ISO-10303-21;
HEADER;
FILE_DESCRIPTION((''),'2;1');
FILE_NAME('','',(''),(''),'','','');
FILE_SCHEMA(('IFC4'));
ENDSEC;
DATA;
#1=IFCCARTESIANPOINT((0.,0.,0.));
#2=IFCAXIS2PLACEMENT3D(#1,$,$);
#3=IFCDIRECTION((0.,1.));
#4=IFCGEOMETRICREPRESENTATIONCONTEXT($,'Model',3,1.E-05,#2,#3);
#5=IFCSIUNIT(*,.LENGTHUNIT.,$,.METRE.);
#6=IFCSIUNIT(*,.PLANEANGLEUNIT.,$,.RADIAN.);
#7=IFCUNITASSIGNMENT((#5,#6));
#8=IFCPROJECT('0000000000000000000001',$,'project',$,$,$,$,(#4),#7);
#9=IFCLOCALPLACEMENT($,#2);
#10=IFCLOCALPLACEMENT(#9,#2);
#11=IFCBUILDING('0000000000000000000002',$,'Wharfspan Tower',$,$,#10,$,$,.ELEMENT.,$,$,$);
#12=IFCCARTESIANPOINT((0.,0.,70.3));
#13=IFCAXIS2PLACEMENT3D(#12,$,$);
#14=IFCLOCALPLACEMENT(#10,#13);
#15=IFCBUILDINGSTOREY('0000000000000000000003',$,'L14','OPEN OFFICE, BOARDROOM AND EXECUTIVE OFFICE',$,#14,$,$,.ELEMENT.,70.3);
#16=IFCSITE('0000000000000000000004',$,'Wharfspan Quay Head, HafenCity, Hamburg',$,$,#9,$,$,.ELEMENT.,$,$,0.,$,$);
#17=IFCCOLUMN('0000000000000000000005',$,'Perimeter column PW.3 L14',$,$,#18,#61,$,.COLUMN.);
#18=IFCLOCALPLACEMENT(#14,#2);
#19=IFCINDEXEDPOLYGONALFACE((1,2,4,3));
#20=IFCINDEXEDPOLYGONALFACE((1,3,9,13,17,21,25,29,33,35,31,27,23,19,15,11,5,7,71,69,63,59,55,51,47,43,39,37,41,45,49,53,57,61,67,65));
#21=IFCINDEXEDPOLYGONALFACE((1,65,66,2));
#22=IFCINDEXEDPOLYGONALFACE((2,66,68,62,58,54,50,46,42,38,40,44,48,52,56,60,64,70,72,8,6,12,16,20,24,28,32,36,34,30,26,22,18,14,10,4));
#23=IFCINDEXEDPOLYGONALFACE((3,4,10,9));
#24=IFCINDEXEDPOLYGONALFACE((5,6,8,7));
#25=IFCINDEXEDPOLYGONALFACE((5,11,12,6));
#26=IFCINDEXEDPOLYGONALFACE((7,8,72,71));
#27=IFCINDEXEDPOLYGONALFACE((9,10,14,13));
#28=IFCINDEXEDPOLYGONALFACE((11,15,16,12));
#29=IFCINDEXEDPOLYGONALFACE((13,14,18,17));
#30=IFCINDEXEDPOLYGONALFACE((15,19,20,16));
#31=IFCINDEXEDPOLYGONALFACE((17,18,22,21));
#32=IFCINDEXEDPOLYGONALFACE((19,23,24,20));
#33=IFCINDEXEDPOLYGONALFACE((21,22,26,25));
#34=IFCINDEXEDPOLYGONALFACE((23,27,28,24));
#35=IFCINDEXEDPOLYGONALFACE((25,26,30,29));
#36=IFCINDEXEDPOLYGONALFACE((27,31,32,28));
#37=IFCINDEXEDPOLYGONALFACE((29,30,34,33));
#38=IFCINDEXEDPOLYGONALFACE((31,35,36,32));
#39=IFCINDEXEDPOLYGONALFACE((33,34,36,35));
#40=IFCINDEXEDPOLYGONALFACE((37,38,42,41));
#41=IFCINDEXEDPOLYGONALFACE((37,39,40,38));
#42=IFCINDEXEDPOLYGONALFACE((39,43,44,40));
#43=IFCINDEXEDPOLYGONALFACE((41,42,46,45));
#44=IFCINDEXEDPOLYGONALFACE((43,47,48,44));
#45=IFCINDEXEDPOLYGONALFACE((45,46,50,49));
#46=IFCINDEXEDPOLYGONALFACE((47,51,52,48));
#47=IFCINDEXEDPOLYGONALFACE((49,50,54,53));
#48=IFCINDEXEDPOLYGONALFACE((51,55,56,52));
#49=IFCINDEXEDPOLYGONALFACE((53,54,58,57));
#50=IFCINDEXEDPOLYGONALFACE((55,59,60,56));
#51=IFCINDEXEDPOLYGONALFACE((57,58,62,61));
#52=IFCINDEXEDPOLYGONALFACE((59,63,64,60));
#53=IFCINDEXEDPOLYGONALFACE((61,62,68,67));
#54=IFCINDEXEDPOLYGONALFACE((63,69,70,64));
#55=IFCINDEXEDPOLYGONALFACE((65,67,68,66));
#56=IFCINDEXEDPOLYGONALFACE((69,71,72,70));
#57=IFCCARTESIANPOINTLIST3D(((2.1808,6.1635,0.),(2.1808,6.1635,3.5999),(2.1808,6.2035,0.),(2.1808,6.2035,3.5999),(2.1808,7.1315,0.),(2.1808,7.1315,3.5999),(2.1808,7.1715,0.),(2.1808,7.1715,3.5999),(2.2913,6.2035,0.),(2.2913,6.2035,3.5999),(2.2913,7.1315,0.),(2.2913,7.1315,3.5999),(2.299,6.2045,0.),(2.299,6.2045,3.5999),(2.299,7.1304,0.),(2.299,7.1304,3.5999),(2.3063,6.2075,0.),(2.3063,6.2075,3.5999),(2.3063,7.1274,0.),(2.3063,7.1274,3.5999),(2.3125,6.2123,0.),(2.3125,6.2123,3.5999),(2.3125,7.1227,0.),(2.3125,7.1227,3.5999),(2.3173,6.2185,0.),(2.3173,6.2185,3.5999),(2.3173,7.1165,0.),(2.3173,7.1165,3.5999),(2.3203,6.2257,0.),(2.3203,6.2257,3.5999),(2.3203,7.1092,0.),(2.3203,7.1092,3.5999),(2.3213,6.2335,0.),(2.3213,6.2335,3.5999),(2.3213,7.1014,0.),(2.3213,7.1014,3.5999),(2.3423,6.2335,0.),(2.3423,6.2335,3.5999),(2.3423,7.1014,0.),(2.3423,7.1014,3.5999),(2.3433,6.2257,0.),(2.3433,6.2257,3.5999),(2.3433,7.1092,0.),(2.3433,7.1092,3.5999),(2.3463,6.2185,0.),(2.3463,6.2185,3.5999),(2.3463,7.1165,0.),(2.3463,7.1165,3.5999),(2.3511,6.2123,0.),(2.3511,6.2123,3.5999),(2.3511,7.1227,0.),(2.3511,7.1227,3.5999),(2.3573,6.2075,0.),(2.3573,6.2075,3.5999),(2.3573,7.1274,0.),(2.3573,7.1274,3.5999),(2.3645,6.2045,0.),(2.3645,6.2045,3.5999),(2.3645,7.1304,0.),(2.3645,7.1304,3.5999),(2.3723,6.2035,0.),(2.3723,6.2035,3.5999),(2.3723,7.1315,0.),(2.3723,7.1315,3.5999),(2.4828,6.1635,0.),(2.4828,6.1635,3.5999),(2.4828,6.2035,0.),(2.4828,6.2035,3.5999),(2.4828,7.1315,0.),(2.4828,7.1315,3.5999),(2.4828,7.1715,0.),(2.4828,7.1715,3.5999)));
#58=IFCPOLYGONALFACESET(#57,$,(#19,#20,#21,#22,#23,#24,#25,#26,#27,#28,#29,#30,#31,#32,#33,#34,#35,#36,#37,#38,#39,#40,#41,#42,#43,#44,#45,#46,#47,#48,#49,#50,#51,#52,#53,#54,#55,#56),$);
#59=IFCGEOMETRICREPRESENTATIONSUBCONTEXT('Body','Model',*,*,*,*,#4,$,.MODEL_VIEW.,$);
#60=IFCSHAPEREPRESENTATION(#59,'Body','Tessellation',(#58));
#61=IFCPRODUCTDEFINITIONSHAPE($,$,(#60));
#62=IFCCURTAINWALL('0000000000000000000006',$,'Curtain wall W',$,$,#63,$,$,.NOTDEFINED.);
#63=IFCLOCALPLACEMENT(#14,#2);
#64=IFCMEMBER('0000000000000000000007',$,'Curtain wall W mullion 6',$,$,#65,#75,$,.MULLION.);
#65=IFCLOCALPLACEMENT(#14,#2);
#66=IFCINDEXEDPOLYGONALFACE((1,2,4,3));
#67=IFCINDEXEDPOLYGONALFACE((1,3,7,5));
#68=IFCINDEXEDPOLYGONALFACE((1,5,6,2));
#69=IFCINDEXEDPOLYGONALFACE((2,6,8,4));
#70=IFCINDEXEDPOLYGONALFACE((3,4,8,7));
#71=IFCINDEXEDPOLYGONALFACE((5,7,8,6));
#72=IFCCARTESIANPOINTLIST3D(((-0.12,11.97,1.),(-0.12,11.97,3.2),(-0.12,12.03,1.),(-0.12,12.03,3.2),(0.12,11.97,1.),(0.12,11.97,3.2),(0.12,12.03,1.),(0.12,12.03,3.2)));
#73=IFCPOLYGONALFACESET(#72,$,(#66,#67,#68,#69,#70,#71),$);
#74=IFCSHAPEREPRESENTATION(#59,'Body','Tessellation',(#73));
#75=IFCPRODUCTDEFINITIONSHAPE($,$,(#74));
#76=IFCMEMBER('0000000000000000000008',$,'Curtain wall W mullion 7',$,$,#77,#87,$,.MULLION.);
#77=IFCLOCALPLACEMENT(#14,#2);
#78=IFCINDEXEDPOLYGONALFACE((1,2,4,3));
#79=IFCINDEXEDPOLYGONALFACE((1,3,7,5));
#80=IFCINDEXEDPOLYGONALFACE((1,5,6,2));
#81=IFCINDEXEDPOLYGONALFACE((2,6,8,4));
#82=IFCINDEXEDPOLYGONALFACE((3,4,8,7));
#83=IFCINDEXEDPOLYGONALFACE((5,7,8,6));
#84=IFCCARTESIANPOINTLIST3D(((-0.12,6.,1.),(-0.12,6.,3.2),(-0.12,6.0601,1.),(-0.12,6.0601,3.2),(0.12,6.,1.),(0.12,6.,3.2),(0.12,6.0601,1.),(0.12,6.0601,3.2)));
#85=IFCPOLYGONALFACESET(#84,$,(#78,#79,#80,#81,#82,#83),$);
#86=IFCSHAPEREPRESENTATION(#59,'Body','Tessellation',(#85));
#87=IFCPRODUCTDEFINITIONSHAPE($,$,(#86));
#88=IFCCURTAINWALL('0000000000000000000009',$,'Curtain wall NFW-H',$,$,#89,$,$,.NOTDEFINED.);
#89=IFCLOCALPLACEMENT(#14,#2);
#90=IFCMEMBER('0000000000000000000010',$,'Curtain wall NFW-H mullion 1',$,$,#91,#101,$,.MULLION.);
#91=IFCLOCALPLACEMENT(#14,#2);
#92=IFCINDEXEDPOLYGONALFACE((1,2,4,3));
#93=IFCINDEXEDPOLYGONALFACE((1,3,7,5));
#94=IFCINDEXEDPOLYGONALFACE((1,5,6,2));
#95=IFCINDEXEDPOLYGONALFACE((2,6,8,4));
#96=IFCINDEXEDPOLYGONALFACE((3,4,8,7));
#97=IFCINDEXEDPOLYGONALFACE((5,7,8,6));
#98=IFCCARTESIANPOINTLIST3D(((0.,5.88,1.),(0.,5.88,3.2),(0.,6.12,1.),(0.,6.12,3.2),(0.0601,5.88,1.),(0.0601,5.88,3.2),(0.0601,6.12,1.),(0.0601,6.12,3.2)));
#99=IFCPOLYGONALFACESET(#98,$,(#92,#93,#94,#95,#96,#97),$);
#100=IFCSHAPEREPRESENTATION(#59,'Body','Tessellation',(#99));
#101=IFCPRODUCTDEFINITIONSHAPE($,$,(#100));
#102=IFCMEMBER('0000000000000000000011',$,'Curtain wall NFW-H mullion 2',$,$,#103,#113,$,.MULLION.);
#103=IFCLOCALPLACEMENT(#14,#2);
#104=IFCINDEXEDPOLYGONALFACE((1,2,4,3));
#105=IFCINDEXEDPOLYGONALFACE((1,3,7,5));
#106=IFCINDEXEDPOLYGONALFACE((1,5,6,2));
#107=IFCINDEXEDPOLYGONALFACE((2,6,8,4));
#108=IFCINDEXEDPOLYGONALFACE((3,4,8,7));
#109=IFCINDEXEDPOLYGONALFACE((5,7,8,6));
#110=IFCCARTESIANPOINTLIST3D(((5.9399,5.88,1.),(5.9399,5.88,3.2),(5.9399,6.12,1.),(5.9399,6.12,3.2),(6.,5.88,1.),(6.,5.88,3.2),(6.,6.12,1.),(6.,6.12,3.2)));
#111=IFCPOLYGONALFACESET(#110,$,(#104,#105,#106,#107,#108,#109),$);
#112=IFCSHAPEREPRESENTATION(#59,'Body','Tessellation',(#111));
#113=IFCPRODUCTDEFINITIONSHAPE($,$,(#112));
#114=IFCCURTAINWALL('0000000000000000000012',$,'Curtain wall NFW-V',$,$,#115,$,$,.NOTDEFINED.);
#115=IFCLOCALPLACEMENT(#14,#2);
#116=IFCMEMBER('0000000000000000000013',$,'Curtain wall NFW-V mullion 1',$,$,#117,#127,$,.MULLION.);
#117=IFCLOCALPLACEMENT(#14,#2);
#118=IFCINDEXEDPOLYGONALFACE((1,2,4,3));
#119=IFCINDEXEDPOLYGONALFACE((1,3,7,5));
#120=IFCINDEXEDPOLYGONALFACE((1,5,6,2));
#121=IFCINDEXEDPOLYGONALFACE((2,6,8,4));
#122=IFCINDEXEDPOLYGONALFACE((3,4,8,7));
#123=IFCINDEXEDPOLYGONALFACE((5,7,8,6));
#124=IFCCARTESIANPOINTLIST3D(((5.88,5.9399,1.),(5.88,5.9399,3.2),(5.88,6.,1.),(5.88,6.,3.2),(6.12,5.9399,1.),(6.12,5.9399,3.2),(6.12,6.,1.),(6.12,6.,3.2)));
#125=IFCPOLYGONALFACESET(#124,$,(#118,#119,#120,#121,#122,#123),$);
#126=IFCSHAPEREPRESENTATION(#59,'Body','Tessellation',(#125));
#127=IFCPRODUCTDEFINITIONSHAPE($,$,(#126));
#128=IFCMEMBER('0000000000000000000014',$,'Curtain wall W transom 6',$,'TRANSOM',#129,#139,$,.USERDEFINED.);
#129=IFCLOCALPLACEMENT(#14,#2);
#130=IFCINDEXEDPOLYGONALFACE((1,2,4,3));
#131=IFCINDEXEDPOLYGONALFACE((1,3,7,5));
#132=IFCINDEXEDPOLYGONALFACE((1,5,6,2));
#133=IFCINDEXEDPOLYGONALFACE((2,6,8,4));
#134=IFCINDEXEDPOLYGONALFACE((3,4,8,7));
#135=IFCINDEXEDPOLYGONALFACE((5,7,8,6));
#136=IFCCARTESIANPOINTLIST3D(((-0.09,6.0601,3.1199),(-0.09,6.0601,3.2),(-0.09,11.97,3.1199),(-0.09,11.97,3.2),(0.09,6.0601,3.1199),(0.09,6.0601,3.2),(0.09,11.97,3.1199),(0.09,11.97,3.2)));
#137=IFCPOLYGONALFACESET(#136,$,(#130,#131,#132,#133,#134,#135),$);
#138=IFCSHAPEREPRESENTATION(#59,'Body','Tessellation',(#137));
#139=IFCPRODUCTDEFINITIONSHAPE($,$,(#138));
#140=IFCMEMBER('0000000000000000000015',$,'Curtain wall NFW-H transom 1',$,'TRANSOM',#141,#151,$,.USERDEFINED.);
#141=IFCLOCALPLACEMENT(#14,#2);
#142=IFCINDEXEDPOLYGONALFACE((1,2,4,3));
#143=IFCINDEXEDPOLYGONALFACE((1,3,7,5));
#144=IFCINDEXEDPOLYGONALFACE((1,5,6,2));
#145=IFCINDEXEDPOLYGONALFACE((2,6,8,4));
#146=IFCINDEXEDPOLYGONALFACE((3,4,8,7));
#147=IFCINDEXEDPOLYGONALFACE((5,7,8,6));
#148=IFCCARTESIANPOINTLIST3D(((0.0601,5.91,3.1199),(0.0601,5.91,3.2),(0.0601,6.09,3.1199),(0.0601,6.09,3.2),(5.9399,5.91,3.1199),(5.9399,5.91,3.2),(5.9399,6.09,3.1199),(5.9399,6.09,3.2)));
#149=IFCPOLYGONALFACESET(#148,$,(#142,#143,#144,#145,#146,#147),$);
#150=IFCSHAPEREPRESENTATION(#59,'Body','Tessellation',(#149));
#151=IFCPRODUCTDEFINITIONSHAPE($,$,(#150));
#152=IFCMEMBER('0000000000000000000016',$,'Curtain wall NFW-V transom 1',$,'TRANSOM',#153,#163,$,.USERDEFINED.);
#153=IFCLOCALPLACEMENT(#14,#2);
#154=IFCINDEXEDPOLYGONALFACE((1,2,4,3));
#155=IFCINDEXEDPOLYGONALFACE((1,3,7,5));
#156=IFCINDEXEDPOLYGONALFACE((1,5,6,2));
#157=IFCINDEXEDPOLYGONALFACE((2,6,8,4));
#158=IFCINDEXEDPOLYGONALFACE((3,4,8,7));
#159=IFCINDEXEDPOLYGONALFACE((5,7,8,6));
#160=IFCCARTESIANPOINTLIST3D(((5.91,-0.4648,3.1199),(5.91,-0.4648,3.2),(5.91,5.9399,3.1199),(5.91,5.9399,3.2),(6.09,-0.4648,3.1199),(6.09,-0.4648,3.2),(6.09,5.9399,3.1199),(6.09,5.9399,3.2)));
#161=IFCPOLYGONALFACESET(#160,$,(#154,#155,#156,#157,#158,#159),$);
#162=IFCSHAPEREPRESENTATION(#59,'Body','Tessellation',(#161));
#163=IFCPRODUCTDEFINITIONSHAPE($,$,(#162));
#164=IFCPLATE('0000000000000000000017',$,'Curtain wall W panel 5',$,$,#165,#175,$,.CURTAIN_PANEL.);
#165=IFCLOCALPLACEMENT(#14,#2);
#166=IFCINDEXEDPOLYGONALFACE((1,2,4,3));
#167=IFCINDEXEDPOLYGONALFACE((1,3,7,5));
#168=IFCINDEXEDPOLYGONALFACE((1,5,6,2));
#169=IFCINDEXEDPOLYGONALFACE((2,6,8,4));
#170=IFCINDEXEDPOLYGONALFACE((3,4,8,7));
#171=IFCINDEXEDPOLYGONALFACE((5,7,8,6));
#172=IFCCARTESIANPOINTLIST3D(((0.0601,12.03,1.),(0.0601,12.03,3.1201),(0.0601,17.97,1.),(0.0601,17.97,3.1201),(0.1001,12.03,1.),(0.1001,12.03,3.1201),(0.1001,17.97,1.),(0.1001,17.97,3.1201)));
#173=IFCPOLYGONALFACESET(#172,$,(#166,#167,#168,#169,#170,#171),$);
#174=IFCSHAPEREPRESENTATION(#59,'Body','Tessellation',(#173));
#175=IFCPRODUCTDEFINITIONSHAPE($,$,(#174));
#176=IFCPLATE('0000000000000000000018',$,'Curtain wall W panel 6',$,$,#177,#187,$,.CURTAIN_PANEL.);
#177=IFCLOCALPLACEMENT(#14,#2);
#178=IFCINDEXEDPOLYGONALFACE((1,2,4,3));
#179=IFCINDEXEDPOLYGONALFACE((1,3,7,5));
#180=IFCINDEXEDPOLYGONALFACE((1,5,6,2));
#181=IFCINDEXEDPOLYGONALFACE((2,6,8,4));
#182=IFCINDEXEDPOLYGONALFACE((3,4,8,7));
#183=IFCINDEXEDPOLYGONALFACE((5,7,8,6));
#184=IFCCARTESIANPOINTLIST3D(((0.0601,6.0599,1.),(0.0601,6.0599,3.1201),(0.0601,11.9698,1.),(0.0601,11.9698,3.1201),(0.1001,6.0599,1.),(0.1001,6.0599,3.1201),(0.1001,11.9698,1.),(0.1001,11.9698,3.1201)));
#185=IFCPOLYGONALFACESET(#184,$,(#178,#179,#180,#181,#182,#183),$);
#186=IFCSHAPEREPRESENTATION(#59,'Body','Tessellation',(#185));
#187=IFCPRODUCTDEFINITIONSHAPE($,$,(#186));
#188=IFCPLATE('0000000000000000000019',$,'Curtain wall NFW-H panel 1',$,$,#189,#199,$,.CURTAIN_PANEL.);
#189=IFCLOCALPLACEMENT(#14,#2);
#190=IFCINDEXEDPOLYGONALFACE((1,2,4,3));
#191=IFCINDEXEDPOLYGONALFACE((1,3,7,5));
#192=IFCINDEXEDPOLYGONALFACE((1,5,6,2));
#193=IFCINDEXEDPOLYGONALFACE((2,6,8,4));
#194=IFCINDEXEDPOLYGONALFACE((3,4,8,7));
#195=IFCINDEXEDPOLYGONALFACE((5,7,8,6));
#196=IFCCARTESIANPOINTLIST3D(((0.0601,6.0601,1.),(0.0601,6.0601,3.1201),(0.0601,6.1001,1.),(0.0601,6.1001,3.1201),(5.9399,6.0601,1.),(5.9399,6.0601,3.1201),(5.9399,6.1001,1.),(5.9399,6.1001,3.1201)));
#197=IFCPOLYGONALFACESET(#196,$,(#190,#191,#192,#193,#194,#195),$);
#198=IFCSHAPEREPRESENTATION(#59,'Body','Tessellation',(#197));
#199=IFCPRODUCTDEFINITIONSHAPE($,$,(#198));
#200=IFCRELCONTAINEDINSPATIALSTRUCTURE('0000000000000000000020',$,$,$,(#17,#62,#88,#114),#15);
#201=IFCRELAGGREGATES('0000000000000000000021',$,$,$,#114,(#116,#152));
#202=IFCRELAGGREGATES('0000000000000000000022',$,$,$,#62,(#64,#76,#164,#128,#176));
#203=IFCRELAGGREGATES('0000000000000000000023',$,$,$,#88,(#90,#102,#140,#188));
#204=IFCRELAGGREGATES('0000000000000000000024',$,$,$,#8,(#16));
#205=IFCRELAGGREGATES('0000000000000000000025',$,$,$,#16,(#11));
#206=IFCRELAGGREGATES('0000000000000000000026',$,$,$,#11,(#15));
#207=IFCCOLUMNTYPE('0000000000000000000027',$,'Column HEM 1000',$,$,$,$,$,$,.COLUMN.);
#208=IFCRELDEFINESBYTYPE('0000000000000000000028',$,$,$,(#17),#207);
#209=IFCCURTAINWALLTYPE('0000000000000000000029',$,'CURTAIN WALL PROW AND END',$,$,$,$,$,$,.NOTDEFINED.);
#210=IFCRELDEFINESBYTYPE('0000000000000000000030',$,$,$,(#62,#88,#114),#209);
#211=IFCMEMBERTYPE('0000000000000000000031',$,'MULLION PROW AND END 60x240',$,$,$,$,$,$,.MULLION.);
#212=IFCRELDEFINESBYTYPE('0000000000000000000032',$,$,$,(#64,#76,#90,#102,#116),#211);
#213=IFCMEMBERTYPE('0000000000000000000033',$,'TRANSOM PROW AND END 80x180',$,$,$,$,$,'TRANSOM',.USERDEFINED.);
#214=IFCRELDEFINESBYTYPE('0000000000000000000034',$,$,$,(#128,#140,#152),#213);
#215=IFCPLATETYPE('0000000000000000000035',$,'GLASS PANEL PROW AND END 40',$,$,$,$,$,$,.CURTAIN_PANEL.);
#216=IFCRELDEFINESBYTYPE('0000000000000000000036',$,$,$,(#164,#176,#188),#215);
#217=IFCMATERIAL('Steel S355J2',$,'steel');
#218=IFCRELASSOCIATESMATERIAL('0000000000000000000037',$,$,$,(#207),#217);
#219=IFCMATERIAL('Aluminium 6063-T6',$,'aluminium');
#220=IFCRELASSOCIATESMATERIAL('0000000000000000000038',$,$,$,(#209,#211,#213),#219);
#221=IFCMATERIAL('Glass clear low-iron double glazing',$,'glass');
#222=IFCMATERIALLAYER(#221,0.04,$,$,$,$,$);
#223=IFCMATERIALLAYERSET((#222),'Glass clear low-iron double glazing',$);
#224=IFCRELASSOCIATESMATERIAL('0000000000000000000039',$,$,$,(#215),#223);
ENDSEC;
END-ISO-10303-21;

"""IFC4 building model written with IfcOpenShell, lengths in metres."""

from ifc_helpers import new_model, si_unit, direction, frame, origin, origin_2d, place, context, subcontext, project, spatial, rectangle, i_section, extrude, material, layer, layer_set, material_profile, profile_set, type_object, element, aggregate, save


model = new_model("IFC4")

# Units and contexts
model_context = context("Model", 3, precision=1e-05, world=origin(), true_north=direction((0.0, 1.0)))
body_context = subcontext(model_context, "Body", "Model", "MODEL_VIEW")
ifc_project = project(units=[si_unit("LENGTHUNIT", "METRE"), si_unit("PLANEANGLEUNIT", "RADIAN")], contexts=[model_context])

# Site, building, storey
site_placement = place(None, origin())
site = spatial("IfcSite", under=ifc_project, at=site_placement, Name="Wharfspan Quay Head, HafenCity, Hamburg", CompositionType="ELEMENT", RefElevation=0.0)
building_placement = place(site_placement, origin())
building = spatial("IfcBuilding", under=site, at=building_placement, Name="Wharfspan Tower", CompositionType="ELEMENT")
storey_placement = place(building_placement, frame((0.0, 0.0, 70.3)))
storey = spatial("IfcBuildingStorey", under=building, at=storey_placement, Name="L14", Description="OPEN OFFICE, BOARDROOM AND EXECUTIVE OFFICE", CompositionType="ELEMENT", Elevation=70.3)

# Column
ifc_material_1 = material(Name="Steel S355J2", Category="steel")
ifc_material_profile_1 = material_profile(ifc_material_1, i_section(OverallWidth=0.302, OverallDepth=1.0081, WebThickness=0.021, FlangeThickness=0.04, FilletRadius=0.03, at=origin_2d()))
ifc_profile_set_1 = profile_set([ifc_material_profile_1], Name="Steel S355J2")
column_type = type_object("IfcColumnType", Name="Column HEM 1000", PredefinedType="COLUMN", material=ifc_profile_set_1)
column_placement = place(storey_placement, frame((2.3318, 6.6675, 0.0), z_axis=(0.0, 0.0, 1.0), x_axis=(-1.0, 0.0, 0.0)))
element("IfcColumn", 1, at=column_placement, inside=storey, type_object=column_type, Name="Perimeter column PW.3 L14", PredefinedType="COLUMN", context=body_context, shape_type="SweptSolid", body=[
    extrude(i_section(OverallWidth=0.302, OverallDepth=1.0081, WebThickness=0.021, FlangeThickness=0.04, FilletRadius=0.03, at=origin_2d()), origin(), (0.0, 0.0, 1.0), 3.5999),
])

# Curtain walls, members
ifc_material_2 = material(Name="Aluminium 6063-T6", Category="aluminium")
curtain_wall_type = type_object("IfcCurtainWallType", Name="CURTAIN WALL PROW AND END", PredefinedType="NOTDEFINED", material=ifc_material_2)
curtain_wall_1_placement = place(storey_placement, origin())
curtain_wall_1 = element("IfcCurtainWall", 2, at=curtain_wall_1_placement, inside=storey, type_object=curtain_wall_type, Name="Curtain wall W", PredefinedType="NOTDEFINED")
ifc_material_profile_2 = material_profile(ifc_material_2, rectangle(XDim=0.24, YDim=0.0601, at=origin_2d()))
ifc_profile_set_2 = profile_set([ifc_material_profile_2], Name="Aluminium 6063-T6")
member_type_1 = type_object("IfcMemberType", Name="MULLION PROW AND END 60x240", PredefinedType="MULLION", material=ifc_profile_set_2)
member_1_placement = place(storey_placement, frame((0.0, 12.0, 1.0), z_axis=(0.0, 0.0, 1.0), x_axis=(1.0, 0.0, 0.0)))
member_1 = element("IfcMember", 3, at=member_1_placement, type_object=member_type_1, Name="Curtain wall W mullion 6", PredefinedType="MULLION", context=body_context, shape_type="SweptSolid", body=[
    extrude(rectangle(XDim=0.24, YDim=0.0601, at=origin_2d()), origin(), (0.0, 0.0, 1.0), 2.2),
])
member_2_placement = place(storey_placement, frame((0.0, 6.03, 1.0), z_axis=(0.0, 0.0, 1.0), x_axis=(1.0, 0.0, 0.0)))
member_2 = element("IfcMember", 4, at=member_2_placement, type_object=member_type_1, Name="Curtain wall W mullion 7", PredefinedType="MULLION", context=body_context, shape_type="SweptSolid", body=[
    extrude(rectangle(XDim=0.24, YDim=0.0601, at=origin_2d()), origin(), (0.0, 0.0, 1.0), 2.2),
])
curtain_wall_2_placement = place(storey_placement, origin())
curtain_wall_2 = element("IfcCurtainWall", 5, at=curtain_wall_2_placement, inside=storey, type_object=curtain_wall_type, Name="Curtain wall NFW-H", PredefinedType="NOTDEFINED")
member_3_placement = place(storey_placement, frame((0.03, 6.0, 1.0), z_axis=(0.0, 0.0, 1.0), x_axis=(0.0, 1.0, 0.0)))
member_3 = element("IfcMember", 6, at=member_3_placement, type_object=member_type_1, Name="Curtain wall NFW-H mullion 1", PredefinedType="MULLION", context=body_context, shape_type="SweptSolid", body=[
    extrude(rectangle(XDim=0.24, YDim=0.0601, at=origin_2d()), origin(), (0.0, 0.0, 1.0), 2.2),
])
member_4_placement = place(storey_placement, frame((5.97, 6.0, 1.0), z_axis=(0.0, 0.0, 1.0), x_axis=(0.0, 1.0, 0.0)))
member_4 = element("IfcMember", 7, at=member_4_placement, type_object=member_type_1, Name="Curtain wall NFW-H mullion 2", PredefinedType="MULLION", context=body_context, shape_type="SweptSolid", body=[
    extrude(rectangle(XDim=0.24, YDim=0.0601, at=origin_2d()), origin(), (0.0, 0.0, 1.0), 2.2),
])

# Curtain wall, member
curtain_wall_3_placement = place(storey_placement, origin())
curtain_wall_3 = element("IfcCurtainWall", 8, at=curtain_wall_3_placement, inside=storey, type_object=curtain_wall_type, Name="Curtain wall NFW-V", PredefinedType="NOTDEFINED")
member_5_placement = place(storey_placement, frame((6.0, 5.97, 1.0), z_axis=(0.0, 0.0, 1.0), x_axis=(1.0, 0.0, 0.0)))
member_5 = element("IfcMember", 9, at=member_5_placement, type_object=member_type_1, Name="Curtain wall NFW-V mullion 1", PredefinedType="MULLION", context=body_context, shape_type="SweptSolid", body=[
    extrude(rectangle(XDim=0.24, YDim=0.0601, at=origin_2d()), origin(), (0.0, 0.0, 1.0), 2.2),
])

# Members
ifc_material_profile_3 = material_profile(ifc_material_2, rectangle(XDim=0.1799, YDim=0.0801, at=origin_2d()))
ifc_profile_set_3 = profile_set([ifc_material_profile_3], Name="Aluminium 6063-T6")
member_type_2 = type_object("IfcMemberType", Name="TRANSOM PROW AND END 80x180", ElementType="TRANSOM", PredefinedType="USERDEFINED", material=ifc_profile_set_3)
member_6_placement = place(storey_placement, frame((0.0, 11.97, 3.1599), z_axis=(0.0, -1.0, 0.0), x_axis=(1.0, 0.0, 0.0)))
member_6 = element("IfcMember", 10, at=member_6_placement, type_object=member_type_2, Name="Curtain wall W transom 6", ObjectType="TRANSOM", PredefinedType="USERDEFINED", context=body_context, shape_type="SweptSolid", body=[
    extrude(rectangle(XDim=0.1799, YDim=0.0801, at=origin_2d()), origin(), (0.0, 0.0, 1.0), 5.9099),
])
member_7_placement = place(storey_placement, frame((0.0601, 6.0, 3.1599), z_axis=(1.0, 0.0, 0.0), x_axis=(0.0, 1.0, 0.0)))
member_7 = element("IfcMember", 11, at=member_7_placement, type_object=member_type_2, Name="Curtain wall NFW-H transom 1", ObjectType="TRANSOM", PredefinedType="USERDEFINED", context=body_context, shape_type="SweptSolid", body=[
    extrude(rectangle(XDim=0.1799, YDim=0.0801, at=origin_2d()), origin(), (0.0, 0.0, 1.0), 5.8799),
])
member_8_placement = place(storey_placement, frame((6.0, 5.9399, 3.1599), z_axis=(0.0, -1.0, 0.0), x_axis=(1.0, 0.0, 0.0)))
member_8 = element("IfcMember", 12, at=member_8_placement, type_object=member_type_2, Name="Curtain wall NFW-V transom 1", ObjectType="TRANSOM", PredefinedType="USERDEFINED", context=body_context, shape_type="SweptSolid", body=[
    extrude(rectangle(XDim=0.1799, YDim=0.0801, at=origin_2d()), origin(), (0.0, 0.0, 1.0), 6.4048),
])
aggregate(curtain_wall_3, [member_5, member_8])

# Plates
ifc_material_3 = material(Name="Glass clear low-iron double glazing", Category="glass")
ifc_layer_1 = layer(ifc_material_3, 0.04)
ifc_layer_set_1 = layer_set([ifc_layer_1], Name="Glass clear low-iron double glazing")
plate_type = type_object("IfcPlateType", Name="GLASS PANEL PROW AND END 40", PredefinedType="CURTAIN_PANEL", material=ifc_layer_set_1)
plate_1_placement = place(storey_placement, frame((0.0801, 15.0, 1.0), z_axis=(0.0, 0.0, 1.0), x_axis=(0.0, -1.0, 0.0)))
plate_1 = element("IfcPlate", 13, at=plate_1_placement, type_object=plate_type, Name="Curtain wall W panel 5", PredefinedType="CURTAIN_PANEL", context=body_context, shape_type="SweptSolid", body=[
    extrude(rectangle(XDim=5.9399, YDim=0.04, at=origin_2d()), origin(), (0.0, 0.0, 1.0), 2.1201),
])
plate_2_placement = place(storey_placement, frame((0.0801, 9.0149, 1.0), z_axis=(0.0, 0.0, 1.0), x_axis=(0.0, -1.0, 0.0)))
plate_2 = element("IfcPlate", 14, at=plate_2_placement, type_object=plate_type, Name="Curtain wall W panel 6", PredefinedType="CURTAIN_PANEL", context=body_context, shape_type="SweptSolid", body=[
    extrude(rectangle(XDim=5.9099, YDim=0.04, at=origin_2d()), origin(), (0.0, 0.0, 1.0), 2.1201),
])
aggregate(curtain_wall_1, [member_1, member_2, plate_1, member_6, plate_2])
plate_3_placement = place(storey_placement, frame((3.0, 6.0801, 1.0), z_axis=(0.0, 0.0, 1.0), x_axis=(1.0, 0.0, 0.0)))
plate_3 = element("IfcPlate", 15, at=plate_3_placement, type_object=plate_type, Name="Curtain wall NFW-H panel 1", PredefinedType="CURTAIN_PANEL", context=body_context, shape_type="SweptSolid", body=[
    extrude(rectangle(XDim=5.8799, YDim=0.04, at=origin_2d()), origin(), (0.0, 0.0, 1.0), 2.1201),
])
aggregate(curtain_wall_2, [member_3, member_4, member_7, plate_3])

save(model, "model.ifc")
